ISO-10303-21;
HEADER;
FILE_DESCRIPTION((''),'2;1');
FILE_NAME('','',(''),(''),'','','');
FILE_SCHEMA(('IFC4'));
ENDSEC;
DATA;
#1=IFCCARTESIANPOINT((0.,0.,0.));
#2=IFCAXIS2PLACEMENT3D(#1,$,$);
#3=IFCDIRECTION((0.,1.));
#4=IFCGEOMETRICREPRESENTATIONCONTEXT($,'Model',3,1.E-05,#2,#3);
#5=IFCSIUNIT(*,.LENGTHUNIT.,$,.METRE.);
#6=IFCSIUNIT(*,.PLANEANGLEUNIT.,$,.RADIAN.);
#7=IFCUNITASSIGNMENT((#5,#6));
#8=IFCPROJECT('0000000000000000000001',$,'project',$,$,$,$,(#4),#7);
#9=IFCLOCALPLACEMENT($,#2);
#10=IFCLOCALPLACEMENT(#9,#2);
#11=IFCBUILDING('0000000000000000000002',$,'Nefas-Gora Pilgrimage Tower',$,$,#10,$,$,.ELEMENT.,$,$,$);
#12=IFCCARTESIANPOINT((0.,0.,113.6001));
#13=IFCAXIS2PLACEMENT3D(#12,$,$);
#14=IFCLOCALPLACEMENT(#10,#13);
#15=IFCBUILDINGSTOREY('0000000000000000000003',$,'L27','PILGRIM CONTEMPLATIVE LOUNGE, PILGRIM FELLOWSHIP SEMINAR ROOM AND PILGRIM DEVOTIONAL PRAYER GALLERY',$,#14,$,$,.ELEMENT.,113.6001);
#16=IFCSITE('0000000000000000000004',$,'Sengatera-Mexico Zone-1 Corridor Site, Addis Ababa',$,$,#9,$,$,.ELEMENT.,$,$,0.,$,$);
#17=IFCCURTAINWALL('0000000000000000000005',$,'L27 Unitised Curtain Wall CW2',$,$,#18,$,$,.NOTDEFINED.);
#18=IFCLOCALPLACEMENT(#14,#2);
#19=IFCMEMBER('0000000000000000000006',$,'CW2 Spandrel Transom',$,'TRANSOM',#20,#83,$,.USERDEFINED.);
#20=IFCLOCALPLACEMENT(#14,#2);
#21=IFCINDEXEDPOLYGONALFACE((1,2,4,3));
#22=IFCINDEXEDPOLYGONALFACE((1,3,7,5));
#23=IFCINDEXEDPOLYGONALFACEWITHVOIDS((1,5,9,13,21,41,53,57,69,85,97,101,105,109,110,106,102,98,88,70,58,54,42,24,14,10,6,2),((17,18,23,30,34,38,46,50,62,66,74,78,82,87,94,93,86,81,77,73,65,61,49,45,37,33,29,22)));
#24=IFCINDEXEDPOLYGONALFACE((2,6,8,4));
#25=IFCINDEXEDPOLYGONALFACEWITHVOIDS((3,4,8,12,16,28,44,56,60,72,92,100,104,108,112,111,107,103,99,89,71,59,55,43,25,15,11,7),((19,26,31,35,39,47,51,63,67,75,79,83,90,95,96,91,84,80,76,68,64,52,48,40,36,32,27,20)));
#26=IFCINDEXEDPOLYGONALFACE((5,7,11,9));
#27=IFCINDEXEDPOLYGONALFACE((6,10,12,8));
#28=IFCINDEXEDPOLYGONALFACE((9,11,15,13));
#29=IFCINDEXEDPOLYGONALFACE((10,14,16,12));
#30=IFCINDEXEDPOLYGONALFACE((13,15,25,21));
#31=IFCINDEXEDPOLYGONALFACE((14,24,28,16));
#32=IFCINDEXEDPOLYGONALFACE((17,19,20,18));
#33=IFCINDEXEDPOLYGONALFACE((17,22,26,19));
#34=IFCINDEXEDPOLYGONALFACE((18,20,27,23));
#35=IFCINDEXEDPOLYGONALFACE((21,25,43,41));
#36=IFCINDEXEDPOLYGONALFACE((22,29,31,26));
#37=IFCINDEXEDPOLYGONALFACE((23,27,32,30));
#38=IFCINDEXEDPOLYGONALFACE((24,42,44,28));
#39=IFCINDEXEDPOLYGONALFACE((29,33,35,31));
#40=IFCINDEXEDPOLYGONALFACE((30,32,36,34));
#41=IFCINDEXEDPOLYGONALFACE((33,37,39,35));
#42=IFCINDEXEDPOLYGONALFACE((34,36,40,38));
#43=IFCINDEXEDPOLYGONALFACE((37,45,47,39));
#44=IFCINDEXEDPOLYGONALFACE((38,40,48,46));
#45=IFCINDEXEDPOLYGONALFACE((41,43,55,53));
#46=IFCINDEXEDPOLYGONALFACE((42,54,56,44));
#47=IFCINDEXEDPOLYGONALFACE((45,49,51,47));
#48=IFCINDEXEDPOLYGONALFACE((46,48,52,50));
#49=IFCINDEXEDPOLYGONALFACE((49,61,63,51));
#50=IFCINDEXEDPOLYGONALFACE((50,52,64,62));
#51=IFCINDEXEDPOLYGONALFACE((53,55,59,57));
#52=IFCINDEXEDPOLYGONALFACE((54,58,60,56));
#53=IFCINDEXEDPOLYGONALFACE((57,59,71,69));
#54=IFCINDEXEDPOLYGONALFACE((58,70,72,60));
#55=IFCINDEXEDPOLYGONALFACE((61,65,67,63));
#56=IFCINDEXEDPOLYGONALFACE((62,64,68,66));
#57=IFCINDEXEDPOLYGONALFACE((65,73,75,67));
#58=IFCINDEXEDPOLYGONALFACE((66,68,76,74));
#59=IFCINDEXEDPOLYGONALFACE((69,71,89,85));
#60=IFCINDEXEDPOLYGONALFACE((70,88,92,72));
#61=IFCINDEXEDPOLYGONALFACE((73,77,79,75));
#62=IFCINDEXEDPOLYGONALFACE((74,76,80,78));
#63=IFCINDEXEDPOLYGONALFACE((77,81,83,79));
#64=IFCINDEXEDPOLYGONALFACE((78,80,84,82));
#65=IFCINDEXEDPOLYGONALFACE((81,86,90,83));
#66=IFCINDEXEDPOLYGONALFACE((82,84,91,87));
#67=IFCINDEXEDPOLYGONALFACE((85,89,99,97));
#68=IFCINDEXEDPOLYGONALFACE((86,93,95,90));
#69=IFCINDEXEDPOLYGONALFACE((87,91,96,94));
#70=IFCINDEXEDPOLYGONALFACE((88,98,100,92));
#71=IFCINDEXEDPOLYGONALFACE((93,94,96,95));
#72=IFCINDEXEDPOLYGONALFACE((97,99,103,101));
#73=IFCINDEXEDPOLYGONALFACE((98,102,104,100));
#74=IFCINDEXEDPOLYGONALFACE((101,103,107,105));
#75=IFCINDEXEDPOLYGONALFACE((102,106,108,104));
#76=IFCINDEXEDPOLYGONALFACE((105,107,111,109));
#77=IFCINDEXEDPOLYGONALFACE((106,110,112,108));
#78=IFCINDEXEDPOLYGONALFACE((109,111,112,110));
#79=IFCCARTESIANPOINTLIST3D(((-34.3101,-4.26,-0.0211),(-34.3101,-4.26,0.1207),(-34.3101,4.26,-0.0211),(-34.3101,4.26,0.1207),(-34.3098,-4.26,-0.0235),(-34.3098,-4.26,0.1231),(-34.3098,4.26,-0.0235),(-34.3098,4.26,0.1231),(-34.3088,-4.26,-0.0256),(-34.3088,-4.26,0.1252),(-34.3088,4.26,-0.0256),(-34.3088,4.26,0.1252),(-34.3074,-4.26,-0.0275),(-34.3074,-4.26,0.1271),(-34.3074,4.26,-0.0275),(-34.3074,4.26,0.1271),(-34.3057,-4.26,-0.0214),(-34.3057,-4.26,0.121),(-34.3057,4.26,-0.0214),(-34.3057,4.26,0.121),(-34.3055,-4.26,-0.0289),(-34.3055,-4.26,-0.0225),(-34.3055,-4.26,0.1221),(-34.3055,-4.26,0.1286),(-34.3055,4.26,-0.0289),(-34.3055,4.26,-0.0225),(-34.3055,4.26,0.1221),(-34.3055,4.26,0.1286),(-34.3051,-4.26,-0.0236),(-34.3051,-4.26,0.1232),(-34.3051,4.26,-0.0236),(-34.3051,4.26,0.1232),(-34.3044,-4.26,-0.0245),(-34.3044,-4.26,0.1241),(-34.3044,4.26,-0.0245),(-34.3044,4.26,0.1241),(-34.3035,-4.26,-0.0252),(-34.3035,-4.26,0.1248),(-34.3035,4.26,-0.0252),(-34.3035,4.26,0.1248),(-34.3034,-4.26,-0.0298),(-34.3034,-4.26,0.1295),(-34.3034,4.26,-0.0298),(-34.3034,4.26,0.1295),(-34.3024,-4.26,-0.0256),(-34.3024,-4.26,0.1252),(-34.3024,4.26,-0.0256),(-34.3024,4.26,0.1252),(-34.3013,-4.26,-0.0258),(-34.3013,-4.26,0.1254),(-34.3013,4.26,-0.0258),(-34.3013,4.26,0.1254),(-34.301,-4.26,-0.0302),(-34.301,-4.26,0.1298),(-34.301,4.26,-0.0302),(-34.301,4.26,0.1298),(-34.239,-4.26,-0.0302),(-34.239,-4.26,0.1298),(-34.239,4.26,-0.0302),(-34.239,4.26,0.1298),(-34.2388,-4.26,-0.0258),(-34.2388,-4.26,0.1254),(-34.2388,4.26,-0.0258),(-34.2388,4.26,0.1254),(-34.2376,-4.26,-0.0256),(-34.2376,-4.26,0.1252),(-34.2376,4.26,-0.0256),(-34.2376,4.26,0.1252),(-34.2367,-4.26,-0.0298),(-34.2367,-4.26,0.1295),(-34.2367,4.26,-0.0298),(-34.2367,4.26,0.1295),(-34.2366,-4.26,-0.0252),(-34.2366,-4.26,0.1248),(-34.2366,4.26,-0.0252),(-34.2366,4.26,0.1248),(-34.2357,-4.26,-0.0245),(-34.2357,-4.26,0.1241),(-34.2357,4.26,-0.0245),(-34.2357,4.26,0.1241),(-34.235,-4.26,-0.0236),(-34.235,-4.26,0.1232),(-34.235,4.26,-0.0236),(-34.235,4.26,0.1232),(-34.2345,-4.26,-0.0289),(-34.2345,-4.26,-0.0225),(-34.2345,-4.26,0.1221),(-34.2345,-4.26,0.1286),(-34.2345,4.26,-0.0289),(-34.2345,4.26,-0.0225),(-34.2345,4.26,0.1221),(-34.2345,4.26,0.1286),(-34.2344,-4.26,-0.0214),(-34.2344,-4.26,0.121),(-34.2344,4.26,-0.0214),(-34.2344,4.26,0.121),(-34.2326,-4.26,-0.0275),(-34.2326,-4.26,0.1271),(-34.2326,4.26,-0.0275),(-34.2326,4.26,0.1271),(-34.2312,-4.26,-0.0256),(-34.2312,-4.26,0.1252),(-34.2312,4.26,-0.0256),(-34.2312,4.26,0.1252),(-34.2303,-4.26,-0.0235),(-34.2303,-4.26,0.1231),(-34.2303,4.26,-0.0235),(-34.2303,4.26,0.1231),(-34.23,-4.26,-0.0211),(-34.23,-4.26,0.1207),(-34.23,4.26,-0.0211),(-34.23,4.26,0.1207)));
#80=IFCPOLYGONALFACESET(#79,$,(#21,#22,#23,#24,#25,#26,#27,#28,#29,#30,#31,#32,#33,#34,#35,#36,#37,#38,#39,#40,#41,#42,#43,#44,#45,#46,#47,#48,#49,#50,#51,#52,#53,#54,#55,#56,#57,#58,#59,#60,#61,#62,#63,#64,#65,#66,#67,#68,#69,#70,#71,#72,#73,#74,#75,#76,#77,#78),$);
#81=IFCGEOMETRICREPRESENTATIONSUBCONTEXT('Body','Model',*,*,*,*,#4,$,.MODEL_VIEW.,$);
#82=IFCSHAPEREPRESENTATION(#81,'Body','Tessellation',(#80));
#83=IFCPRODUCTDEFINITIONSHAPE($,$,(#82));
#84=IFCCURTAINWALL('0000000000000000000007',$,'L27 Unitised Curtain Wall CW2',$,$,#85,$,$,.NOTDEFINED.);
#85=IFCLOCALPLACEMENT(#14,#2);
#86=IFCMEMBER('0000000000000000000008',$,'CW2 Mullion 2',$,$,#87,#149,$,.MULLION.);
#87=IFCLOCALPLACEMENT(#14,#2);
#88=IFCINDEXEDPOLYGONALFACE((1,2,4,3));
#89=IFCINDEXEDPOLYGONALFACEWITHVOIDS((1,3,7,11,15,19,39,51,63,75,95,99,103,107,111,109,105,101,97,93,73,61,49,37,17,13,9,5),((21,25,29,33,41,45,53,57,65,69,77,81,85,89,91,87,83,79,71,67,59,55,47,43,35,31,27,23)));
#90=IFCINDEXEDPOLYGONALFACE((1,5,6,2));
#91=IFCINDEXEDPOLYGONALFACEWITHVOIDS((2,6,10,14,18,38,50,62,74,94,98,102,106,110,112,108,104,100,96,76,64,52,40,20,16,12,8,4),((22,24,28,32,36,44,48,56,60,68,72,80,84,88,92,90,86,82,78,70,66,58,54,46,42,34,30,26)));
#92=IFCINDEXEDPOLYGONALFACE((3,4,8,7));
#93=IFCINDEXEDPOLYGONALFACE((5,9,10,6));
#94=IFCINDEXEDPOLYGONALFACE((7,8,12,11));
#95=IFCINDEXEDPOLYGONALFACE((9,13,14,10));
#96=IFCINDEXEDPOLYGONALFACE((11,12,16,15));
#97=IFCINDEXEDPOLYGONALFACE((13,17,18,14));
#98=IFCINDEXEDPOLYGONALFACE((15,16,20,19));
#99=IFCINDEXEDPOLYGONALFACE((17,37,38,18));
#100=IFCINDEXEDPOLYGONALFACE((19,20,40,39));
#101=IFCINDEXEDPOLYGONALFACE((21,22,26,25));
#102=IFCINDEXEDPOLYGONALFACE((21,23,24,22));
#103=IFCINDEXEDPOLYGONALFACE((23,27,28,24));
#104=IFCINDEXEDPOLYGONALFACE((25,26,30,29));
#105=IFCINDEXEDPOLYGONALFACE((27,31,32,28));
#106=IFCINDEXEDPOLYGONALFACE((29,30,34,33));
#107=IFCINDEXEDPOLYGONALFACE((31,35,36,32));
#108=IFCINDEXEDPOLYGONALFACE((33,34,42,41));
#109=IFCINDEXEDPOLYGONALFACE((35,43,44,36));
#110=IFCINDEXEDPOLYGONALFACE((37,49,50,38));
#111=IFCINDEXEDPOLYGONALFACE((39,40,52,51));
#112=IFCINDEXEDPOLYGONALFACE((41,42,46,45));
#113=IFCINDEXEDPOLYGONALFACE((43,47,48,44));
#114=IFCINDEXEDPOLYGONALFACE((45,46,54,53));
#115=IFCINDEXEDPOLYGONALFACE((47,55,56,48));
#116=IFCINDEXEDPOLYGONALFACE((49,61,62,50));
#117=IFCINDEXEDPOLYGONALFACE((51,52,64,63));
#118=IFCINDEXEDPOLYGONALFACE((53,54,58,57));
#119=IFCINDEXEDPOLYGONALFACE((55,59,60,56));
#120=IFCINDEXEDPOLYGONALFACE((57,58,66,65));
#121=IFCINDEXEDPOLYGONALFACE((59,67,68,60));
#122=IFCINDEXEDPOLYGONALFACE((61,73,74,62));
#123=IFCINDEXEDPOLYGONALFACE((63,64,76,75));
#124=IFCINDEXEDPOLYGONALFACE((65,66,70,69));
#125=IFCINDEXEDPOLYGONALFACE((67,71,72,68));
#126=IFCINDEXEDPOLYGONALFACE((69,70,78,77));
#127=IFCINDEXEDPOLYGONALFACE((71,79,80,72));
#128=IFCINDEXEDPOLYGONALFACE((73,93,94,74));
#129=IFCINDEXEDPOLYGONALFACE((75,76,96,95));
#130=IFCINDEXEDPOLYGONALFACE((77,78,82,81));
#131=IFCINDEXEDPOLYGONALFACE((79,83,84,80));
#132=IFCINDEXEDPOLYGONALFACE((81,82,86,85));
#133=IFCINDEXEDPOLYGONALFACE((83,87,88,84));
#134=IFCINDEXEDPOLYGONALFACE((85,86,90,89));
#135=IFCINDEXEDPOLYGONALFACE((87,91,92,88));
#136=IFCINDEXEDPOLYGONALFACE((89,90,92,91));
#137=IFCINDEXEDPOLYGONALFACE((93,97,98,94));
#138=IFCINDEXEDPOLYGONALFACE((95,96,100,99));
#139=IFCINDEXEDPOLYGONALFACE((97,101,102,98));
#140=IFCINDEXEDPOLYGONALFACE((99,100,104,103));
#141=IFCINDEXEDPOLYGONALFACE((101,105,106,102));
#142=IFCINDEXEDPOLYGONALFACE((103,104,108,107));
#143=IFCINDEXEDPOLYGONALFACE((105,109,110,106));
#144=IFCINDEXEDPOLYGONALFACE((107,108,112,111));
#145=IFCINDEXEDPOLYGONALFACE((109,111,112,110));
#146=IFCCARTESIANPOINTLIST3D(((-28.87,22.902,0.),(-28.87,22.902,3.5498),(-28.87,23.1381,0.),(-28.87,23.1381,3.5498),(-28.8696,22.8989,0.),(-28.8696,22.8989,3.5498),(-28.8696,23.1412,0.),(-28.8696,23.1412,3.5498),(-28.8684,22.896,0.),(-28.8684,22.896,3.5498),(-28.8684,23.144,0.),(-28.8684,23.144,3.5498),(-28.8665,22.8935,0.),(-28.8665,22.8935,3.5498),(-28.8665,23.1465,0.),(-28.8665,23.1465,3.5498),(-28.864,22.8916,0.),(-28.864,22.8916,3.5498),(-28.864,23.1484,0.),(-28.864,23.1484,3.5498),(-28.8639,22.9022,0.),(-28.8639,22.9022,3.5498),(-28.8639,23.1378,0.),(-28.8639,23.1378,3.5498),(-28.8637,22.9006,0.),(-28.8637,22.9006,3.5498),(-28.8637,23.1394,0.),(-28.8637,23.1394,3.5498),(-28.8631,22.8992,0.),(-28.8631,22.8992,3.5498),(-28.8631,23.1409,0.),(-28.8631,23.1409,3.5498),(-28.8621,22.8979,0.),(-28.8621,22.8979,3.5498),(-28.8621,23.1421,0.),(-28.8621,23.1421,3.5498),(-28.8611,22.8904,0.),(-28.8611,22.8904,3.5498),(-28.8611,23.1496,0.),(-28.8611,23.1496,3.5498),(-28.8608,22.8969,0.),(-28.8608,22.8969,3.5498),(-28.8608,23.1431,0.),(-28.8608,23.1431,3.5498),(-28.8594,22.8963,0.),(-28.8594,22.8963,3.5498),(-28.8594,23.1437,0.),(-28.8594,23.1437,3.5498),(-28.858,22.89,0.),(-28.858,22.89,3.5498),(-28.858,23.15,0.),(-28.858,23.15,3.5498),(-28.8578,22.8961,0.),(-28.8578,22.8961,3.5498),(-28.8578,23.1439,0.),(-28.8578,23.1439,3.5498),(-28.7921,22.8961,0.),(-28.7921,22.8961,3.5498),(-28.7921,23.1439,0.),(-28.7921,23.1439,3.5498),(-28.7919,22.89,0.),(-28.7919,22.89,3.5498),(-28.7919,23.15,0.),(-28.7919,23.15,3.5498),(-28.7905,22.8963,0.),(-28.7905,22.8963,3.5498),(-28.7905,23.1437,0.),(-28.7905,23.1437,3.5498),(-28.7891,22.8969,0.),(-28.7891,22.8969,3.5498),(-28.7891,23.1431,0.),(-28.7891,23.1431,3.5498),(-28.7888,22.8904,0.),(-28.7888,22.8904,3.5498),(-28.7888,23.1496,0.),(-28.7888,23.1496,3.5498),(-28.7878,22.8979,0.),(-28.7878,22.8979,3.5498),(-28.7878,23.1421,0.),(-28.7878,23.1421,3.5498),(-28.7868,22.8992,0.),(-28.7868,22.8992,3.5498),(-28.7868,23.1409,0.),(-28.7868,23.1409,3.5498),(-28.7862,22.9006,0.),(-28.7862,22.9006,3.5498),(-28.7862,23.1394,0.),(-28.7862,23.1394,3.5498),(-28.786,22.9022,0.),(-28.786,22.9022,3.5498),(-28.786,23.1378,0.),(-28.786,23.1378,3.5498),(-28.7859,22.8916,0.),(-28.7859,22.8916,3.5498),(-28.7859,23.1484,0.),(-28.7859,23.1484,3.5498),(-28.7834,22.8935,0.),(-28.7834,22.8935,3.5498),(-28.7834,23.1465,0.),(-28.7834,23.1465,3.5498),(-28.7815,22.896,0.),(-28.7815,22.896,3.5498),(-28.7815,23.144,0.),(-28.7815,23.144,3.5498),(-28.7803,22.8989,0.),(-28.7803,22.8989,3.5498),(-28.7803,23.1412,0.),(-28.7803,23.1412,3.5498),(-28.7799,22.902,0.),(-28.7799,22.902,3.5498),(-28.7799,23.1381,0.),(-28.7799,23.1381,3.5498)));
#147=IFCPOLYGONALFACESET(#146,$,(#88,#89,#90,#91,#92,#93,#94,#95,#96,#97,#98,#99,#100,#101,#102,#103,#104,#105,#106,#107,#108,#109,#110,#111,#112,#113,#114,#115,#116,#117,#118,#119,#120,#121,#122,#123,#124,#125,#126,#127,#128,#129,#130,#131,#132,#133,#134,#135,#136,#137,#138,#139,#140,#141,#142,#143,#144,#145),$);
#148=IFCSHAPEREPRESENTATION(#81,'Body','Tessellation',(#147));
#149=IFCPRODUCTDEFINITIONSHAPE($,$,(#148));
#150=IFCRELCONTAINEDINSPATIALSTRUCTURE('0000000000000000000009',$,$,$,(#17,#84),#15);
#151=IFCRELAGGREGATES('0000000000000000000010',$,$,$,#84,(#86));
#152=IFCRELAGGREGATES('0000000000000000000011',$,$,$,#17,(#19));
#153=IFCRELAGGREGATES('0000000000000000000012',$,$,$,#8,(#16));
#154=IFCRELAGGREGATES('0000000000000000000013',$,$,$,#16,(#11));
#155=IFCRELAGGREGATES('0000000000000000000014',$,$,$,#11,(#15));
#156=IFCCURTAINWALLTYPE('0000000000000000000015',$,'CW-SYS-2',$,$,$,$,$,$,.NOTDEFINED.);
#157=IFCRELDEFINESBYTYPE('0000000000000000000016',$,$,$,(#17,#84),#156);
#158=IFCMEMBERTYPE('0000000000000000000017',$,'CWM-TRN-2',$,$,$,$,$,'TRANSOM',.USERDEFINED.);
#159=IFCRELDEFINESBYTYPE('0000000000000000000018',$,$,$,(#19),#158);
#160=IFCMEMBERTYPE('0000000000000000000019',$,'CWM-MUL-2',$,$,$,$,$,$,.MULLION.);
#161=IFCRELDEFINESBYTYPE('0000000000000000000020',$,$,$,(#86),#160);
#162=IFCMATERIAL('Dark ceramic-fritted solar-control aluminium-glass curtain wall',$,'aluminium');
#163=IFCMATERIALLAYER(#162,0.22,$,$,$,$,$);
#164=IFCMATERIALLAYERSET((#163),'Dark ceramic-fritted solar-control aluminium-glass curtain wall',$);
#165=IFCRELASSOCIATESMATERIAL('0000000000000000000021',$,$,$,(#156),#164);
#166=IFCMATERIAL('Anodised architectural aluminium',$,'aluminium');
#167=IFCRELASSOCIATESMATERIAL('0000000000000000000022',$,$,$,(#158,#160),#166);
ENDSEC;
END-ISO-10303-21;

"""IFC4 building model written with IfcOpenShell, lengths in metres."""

from ifc_helpers import new_model, si_unit, direction, frame, origin, origin_2d, place, context, subcontext, project, spatial, hollow_rectangle, extrude, source, transform, mapped, material, layer, layer_set, material_profile, profile_set, type_object, element, aggregate, save


model = new_model("IFC4")

# Units and contexts
model_context = context("Model", 3, precision=1e-05, world=origin(), true_north=direction((0.0, 1.0)))
body_context = subcontext(model_context, "Body", "Model", "MODEL_VIEW")
ifc_project = project(units=[si_unit("LENGTHUNIT", "METRE"), si_unit("PLANEANGLEUNIT", "RADIAN")], contexts=[model_context])

# Site, building, storey
site_placement = place(None, origin())
site = spatial("IfcSite", under=ifc_project, at=site_placement, Name="Sengatera-Mexico Zone-1 Corridor Site, Addis Ababa", CompositionType="ELEMENT", RefElevation=0.0)
building_placement = place(site_placement, origin())
building = spatial("IfcBuilding", under=site, at=building_placement, Name="Nefas-Gora Pilgrimage Tower", CompositionType="ELEMENT")
storey_placement = place(building_placement, frame((0.0, 0.0, 113.6001)))
storey = spatial("IfcBuildingStorey", under=building, at=storey_placement, Name="L27", Description="PILGRIM CONTEMPLATIVE LOUNGE, PILGRIM FELLOWSHIP SEMINAR ROOM AND PILGRIM DEVOTIONAL PRAYER GALLERY", CompositionType="ELEMENT", Elevation=113.6001)

# Curtain walls, members
ifc_material_1 = material(Name="Dark ceramic-fritted solar-control aluminium-glass curtain wall", Category="aluminium")
ifc_layer_1 = layer(ifc_material_1, 0.22)
ifc_layer_set_1 = layer_set([ifc_layer_1], Name="Dark ceramic-fritted solar-control aluminium-glass curtain wall")
curtain_wall_type = type_object("IfcCurtainWallType", Name="CW-SYS-2", PredefinedType="NOTDEFINED", material=ifc_layer_set_1)
ifc_material_2 = material(Name="Anodised architectural aluminium", Category="aluminium")
ifc_material_profile_1 = material_profile(ifc_material_2, hollow_rectangle(XDim=0.0801, YDim=0.1599, WallThickness=0.0044, InnerFilletRadius=0.0044, OuterFilletRadius=0.009, at=origin_2d()), Name="ALU TRANSOM 80x160")
ifc_profile_set_1 = profile_set([ifc_material_profile_1], Name="Anodised architectural aluminium")
member_type_1 = type_object("IfcMemberType", Name="CWM-TRN-2", ElementType="TRANSOM", PredefinedType="USERDEFINED", material=ifc_profile_set_1)
curtain_wall_1_placement = place(storey_placement, origin())
curtain_wall_1 = element("IfcCurtainWall", 1, at=curtain_wall_1_placement, inside=storey, type_object=curtain_wall_type, Name="L27 Unitised Curtain Wall CW2", PredefinedType="NOTDEFINED")
shared_shape_1 = source(origin(), body_context, "Body", "SweptSolid", [
    extrude(hollow_rectangle(XDim=0.0801, YDim=0.1599, WallThickness=0.0044, InnerFilletRadius=0.0044, OuterFilletRadius=0.009, at=origin_2d()), origin(), (0.0, 0.0, 1.0), 8.52),
])
member_1_placement = place(storey_placement, frame((-34.27, 4.26, 0.0498), z_axis=(0.0, -1.0, 0.0), x_axis=(1.0, 0.0, 0.0)))
member_1 = element("IfcMember", 2, at=member_1_placement, type_object=member_type_1, Name="CW2 Spandrel Transom", ObjectType="TRANSOM", PredefinedType="USERDEFINED", context=body_context, shape_type="MappedRepresentation", body=[
    mapped(shared_shape_1, transform((0.0, 0.0, 0.0), x_axis=(1.0, 0.0, 0.0), y_axis=(0.0, 1.0, 0.0), z_axis=(0.0, 0.0, 1.0), scale=1.0)),
])
curtain_wall_2_placement = place(storey_placement, origin())
curtain_wall_2 = element("IfcCurtainWall", 3, at=curtain_wall_2_placement, inside=storey, type_object=curtain_wall_type, Name="L27 Unitised Curtain Wall CW2", PredefinedType="NOTDEFINED")
ifc_material_profile_2 = material_profile(ifc_material_2, hollow_rectangle(XDim=0.0901, YDim=0.26, WallThickness=0.0061, InnerFilletRadius=0.0061, OuterFilletRadius=0.012, at=origin_2d()), Name="ALU MULLION 90x260")
ifc_profile_set_2 = profile_set([ifc_material_profile_2], Name="Anodised architectural aluminium")
member_type_2 = type_object("IfcMemberType", Name="CWM-MUL-2", PredefinedType="MULLION", material=ifc_profile_set_2)
shared_shape_2 = source(origin(), body_context, "Body", "SweptSolid", [
    extrude(hollow_rectangle(XDim=0.0901, YDim=0.26, WallThickness=0.0061, InnerFilletRadius=0.0061, OuterFilletRadius=0.012, at=origin_2d()), origin(), (0.0, 0.0, 1.0), 3.5498),
])
member_2_placement = place(storey_placement, frame((-28.825, 23.02, 0.0), z_axis=(0.0, 0.0, 1.0), x_axis=(-1.0, 0.0, 0.0)))
member_2 = element("IfcMember", 4, at=member_2_placement, type_object=member_type_2, Name="CW2 Mullion 2", PredefinedType="MULLION", context=body_context, shape_type="MappedRepresentation", body=[
    mapped(shared_shape_2, transform((0.0, 0.0, 0.0), x_axis=(1.0, 0.0, 0.0), y_axis=(0.0, 1.0, 0.0), z_axis=(0.0, 0.0, 1.0), scale=1.0)),
])
aggregate(curtain_wall_2, [member_2])

aggregate(curtain_wall_1, [member_1])

save(model, "model.ifc")
